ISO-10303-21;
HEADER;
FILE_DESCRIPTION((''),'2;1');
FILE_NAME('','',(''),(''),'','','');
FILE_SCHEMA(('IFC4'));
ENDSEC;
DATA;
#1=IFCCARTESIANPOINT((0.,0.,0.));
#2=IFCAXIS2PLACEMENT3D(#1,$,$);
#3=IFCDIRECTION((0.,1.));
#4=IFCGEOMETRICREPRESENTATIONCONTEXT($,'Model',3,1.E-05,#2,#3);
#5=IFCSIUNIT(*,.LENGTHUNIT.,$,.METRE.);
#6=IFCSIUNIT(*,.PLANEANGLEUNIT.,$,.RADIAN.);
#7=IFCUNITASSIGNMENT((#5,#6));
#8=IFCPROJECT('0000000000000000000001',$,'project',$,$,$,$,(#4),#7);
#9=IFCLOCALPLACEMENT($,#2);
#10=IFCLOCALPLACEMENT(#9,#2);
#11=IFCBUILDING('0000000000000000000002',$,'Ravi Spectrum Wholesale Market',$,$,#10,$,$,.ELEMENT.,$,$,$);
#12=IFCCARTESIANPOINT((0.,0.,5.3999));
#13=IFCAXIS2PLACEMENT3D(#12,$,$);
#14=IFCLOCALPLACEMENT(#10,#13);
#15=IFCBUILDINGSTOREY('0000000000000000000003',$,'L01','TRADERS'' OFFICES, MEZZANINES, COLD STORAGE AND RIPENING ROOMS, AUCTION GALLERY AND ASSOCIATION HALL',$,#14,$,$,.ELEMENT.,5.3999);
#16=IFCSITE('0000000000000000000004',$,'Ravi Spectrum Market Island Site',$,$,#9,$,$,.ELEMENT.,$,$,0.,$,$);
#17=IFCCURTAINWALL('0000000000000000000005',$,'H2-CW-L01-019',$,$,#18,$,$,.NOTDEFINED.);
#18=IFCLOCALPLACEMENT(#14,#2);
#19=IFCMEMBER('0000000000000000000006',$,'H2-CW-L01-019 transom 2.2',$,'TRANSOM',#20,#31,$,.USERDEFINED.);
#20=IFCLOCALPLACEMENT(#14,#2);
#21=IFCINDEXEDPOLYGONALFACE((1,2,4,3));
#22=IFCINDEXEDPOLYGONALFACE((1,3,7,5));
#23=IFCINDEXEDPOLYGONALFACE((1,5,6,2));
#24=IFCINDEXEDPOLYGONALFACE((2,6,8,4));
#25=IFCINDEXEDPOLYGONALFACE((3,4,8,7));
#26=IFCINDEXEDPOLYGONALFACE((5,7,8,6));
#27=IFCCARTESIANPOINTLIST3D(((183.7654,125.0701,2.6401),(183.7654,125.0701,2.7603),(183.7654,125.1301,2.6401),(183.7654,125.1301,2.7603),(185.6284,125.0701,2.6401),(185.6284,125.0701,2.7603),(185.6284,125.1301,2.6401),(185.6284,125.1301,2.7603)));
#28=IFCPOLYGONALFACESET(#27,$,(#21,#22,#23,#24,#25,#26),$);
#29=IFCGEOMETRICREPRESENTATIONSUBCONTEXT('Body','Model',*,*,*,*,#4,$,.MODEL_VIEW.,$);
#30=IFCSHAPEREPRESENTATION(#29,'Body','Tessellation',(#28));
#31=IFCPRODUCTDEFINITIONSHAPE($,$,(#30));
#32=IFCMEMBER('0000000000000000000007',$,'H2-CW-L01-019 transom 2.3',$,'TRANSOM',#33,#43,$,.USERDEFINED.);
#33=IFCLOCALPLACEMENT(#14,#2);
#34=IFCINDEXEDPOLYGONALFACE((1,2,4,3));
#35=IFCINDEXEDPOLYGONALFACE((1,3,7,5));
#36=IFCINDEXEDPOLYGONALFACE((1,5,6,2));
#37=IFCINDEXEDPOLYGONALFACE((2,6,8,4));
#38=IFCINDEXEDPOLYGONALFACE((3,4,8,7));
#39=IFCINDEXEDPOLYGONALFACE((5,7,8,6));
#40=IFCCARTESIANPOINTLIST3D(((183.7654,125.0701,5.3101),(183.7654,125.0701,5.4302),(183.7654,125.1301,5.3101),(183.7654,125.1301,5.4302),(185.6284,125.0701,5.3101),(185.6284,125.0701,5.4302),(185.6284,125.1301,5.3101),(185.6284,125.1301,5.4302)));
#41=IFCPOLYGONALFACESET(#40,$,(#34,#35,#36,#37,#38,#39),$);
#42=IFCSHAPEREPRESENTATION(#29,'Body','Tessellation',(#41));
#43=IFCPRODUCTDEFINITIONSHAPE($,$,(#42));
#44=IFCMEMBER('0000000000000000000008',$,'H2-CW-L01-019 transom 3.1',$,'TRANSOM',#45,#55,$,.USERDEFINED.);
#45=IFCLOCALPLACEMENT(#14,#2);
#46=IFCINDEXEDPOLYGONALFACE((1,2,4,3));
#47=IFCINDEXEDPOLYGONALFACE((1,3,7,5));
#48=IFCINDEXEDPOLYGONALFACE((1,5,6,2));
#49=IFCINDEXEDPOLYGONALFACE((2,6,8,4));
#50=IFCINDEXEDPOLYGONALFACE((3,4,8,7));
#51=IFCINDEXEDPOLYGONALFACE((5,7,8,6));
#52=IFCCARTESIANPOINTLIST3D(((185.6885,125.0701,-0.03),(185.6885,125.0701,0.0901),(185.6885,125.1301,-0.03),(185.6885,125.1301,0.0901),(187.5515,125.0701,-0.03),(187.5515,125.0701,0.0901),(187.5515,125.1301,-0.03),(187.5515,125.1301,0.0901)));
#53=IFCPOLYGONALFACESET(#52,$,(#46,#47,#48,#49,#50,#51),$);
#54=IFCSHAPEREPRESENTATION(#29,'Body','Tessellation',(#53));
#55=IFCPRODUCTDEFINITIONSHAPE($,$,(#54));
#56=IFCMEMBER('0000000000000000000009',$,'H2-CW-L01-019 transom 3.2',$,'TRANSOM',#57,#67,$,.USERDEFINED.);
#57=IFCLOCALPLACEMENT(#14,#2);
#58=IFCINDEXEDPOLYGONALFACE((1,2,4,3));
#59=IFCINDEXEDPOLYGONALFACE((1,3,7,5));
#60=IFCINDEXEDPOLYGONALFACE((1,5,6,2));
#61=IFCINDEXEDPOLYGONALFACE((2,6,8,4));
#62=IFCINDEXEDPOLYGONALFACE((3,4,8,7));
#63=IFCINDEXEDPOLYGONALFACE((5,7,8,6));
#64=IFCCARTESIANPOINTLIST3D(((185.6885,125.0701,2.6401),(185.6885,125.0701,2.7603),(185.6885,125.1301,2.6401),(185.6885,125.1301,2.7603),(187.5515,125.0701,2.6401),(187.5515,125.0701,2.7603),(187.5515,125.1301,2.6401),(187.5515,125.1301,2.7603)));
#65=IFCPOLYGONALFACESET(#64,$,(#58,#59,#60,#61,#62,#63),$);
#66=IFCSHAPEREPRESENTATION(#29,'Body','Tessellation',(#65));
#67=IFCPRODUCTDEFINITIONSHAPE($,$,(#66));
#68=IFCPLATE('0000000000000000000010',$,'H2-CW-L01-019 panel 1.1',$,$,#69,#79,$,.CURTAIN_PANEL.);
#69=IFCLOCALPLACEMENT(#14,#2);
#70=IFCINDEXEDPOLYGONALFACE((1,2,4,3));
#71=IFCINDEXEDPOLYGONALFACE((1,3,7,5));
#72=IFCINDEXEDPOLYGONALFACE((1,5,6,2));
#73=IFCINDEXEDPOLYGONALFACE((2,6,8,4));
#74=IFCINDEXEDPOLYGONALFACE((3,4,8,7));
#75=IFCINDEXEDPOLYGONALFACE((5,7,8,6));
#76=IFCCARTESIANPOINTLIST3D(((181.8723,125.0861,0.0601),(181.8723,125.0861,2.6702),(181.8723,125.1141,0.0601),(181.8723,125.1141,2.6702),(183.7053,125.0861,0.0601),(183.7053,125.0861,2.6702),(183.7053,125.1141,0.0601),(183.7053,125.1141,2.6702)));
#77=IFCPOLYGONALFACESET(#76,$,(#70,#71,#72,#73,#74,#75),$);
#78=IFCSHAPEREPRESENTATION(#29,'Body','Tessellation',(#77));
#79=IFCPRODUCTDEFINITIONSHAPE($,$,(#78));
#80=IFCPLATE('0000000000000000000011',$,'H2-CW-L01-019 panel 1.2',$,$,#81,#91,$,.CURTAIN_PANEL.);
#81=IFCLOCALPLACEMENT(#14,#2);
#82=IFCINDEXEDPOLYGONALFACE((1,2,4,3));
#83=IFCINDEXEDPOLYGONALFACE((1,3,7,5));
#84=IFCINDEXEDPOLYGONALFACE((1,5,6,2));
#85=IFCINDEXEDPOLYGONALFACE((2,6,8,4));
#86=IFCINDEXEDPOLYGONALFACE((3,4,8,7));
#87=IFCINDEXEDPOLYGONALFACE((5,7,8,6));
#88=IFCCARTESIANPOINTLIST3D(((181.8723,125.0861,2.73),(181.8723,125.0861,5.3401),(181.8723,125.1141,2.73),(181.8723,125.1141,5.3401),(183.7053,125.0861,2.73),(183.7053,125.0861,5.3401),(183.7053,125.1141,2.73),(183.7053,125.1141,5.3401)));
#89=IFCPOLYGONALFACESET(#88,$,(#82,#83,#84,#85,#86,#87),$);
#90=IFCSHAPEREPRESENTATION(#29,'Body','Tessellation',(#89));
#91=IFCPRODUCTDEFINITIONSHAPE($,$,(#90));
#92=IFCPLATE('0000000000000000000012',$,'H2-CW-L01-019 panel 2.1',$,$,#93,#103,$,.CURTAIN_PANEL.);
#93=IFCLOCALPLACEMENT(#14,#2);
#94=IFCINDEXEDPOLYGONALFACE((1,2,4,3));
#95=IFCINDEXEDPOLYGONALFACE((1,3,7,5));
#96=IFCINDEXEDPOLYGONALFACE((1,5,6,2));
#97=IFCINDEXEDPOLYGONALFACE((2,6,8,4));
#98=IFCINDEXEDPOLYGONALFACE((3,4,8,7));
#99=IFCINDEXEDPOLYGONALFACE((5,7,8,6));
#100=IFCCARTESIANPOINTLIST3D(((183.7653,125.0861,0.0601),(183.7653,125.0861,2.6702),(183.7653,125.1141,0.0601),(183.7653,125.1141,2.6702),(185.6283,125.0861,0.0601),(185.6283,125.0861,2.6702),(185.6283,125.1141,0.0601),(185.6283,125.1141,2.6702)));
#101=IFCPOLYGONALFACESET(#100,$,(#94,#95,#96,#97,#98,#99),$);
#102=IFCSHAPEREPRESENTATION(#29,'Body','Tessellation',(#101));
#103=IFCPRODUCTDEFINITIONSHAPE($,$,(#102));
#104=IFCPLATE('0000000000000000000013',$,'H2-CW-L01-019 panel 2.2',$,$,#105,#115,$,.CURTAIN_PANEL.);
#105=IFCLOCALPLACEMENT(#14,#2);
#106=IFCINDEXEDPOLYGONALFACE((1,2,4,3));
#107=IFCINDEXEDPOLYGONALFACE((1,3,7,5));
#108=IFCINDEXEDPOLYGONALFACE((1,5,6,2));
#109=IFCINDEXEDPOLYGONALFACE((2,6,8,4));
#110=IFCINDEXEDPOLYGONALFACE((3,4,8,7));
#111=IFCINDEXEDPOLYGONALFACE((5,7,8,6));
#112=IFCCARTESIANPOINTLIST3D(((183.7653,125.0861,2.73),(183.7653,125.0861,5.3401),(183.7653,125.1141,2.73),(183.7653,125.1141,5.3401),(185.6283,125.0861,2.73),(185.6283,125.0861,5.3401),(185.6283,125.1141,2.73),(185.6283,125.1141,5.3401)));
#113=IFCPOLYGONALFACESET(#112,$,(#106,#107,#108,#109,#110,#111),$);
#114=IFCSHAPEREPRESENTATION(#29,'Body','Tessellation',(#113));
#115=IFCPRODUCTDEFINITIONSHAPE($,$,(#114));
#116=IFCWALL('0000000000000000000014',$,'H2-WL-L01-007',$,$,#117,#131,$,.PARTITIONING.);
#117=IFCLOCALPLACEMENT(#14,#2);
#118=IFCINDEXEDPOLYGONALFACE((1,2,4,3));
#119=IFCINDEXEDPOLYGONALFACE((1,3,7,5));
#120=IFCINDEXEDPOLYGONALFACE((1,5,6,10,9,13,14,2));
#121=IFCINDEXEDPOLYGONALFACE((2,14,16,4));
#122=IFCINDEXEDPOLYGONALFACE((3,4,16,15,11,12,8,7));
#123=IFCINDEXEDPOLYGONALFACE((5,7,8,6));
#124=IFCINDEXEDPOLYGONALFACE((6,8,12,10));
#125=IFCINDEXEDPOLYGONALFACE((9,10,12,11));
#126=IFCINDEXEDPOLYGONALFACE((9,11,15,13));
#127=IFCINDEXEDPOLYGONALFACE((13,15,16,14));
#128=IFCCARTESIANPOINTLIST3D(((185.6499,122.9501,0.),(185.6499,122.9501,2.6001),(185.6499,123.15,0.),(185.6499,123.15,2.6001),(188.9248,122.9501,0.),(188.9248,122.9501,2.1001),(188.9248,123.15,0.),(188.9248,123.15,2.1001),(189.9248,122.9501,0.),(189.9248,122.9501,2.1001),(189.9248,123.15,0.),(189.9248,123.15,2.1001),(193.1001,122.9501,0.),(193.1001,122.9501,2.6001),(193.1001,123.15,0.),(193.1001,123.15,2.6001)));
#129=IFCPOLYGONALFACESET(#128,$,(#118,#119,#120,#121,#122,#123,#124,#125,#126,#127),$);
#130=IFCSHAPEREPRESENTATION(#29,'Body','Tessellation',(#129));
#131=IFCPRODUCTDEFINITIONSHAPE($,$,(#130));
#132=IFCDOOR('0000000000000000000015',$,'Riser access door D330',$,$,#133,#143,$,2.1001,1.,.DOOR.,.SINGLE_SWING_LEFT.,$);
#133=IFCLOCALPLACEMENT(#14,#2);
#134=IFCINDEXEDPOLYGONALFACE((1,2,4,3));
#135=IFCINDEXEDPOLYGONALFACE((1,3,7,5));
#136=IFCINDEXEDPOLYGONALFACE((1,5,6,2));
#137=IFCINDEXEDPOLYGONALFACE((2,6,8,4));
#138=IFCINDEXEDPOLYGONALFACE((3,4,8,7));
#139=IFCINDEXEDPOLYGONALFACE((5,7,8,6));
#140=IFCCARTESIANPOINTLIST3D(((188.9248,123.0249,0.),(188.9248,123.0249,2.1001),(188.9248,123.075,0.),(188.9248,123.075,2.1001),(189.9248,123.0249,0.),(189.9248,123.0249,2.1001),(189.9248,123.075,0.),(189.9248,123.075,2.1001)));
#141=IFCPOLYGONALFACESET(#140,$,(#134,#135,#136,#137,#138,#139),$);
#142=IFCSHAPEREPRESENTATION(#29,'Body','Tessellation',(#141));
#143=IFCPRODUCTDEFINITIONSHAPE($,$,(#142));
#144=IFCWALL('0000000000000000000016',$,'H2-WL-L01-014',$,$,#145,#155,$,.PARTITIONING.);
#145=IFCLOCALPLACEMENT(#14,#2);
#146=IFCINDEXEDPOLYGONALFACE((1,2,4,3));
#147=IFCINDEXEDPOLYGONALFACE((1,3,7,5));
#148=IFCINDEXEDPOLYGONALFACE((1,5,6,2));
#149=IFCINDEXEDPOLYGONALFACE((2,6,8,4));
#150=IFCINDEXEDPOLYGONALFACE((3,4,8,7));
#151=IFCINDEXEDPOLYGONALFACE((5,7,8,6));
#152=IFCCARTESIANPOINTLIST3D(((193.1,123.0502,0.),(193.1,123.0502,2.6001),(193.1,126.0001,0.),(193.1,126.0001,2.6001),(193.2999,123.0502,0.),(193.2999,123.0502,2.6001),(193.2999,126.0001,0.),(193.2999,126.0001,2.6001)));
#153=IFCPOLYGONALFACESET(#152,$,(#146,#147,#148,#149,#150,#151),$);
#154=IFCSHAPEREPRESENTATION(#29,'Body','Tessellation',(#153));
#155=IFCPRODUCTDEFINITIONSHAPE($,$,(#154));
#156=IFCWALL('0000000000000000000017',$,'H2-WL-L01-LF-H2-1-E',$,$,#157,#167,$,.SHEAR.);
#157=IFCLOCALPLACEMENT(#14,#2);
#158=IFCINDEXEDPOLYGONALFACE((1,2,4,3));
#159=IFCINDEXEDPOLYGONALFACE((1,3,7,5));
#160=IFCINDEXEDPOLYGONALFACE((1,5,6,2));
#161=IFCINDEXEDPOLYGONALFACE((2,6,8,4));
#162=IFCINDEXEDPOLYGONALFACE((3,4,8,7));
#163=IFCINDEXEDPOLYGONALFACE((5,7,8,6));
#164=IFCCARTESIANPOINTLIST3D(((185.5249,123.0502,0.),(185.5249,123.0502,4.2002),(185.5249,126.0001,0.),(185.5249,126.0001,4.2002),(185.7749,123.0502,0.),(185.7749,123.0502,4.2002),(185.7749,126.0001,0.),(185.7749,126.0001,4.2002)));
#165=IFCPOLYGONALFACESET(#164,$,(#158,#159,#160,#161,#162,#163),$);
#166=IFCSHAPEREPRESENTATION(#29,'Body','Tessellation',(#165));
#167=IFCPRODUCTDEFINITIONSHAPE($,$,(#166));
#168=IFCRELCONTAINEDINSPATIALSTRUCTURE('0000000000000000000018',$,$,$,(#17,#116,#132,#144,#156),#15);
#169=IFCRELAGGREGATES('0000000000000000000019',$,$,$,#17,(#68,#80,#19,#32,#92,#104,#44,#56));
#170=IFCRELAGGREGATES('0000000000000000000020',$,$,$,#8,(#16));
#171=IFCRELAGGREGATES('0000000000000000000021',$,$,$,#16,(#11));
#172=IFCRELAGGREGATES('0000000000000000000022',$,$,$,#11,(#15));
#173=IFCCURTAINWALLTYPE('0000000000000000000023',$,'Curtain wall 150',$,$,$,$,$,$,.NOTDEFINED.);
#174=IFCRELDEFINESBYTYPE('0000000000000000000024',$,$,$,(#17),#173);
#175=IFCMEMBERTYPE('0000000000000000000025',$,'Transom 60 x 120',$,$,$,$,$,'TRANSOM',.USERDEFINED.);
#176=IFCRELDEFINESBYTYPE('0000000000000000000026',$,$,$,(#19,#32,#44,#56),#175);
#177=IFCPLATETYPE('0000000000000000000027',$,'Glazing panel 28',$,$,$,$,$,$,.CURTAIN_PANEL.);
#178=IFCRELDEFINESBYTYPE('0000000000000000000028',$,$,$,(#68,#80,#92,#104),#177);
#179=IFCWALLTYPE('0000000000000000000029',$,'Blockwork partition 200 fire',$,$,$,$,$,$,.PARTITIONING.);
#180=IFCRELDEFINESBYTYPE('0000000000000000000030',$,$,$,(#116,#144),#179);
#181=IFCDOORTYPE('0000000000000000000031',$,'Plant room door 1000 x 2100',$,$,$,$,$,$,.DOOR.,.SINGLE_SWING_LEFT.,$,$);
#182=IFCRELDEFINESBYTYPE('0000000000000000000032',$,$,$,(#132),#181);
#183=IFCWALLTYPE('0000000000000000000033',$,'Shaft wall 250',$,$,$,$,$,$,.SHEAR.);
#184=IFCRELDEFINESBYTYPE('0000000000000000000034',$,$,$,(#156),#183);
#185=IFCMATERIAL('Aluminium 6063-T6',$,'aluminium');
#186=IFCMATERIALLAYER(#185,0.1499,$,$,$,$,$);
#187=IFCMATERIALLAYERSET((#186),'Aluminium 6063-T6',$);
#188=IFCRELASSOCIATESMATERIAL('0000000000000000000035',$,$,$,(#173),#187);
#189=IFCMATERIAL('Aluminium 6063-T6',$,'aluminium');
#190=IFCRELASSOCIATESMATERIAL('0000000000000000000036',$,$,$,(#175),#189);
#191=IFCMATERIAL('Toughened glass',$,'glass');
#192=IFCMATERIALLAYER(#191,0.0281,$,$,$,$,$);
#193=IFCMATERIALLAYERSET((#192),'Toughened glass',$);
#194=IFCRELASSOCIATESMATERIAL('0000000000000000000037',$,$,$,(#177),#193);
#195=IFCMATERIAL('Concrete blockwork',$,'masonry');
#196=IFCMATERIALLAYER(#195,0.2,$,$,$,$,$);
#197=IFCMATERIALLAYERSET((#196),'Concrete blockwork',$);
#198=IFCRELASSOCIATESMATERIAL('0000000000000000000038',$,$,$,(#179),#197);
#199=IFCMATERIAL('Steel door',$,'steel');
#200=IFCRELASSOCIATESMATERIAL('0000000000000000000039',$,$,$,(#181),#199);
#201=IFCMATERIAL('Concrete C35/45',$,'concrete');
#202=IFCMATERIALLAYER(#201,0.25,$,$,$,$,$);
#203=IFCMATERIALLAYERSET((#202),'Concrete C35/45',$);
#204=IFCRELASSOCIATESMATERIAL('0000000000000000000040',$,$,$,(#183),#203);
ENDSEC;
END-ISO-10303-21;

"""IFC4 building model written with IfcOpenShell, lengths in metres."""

from ifc_helpers import new_model, si_unit, direction, frame, frame_2d, origin, origin_2d, place, context, subcontext, project, spatial, rectangle, extrude, material, layer, layer_set, material_profile, profile_set, type_object, element, fill, aggregate, save


model = new_model("IFC4")

# Units and contexts
model_context = context("Model", 3, precision=1e-05, world=origin(), true_north=direction((0.0, 1.0)))
body_context = subcontext(model_context, "Body", "Model", "MODEL_VIEW")
ifc_project = project(units=[si_unit("LENGTHUNIT", "METRE"), si_unit("PLANEANGLEUNIT", "RADIAN")], contexts=[model_context])

# Site, building, storey
site_placement = place(None, origin())
site = spatial("IfcSite", under=ifc_project, at=site_placement, Name="Ravi Spectrum Market Island Site", CompositionType="ELEMENT", RefElevation=0.0)
building_placement = place(site_placement, origin())
building = spatial("IfcBuilding", under=site, at=building_placement, Name="Ravi Spectrum Wholesale Market", CompositionType="ELEMENT")
storey_placement = place(building_placement, frame((0.0, 0.0, 5.3999)))
storey = spatial("IfcBuildingStorey", under=building, at=storey_placement, Name="L01", Description="TRADERS' OFFICES, MEZZANINES, COLD STORAGE AND RIPENING ROOMS, AUCTION GALLERY AND ASSOCIATION HALL", CompositionType="ELEMENT", Elevation=5.3999)

# Curtain wall, members, plates
ifc_material_1 = material(Name="Aluminium 6063-T6", Category="aluminium")
ifc_layer_1 = layer(ifc_material_1, 0.1499)
ifc_layer_set_1 = layer_set([ifc_layer_1], Name="Aluminium 6063-T6")
curtain_wall_type = type_object("IfcCurtainWallType", Name="Curtain wall 150", PredefinedType="NOTDEFINED", material=ifc_layer_set_1)
curtain_wall_placement = place(storey_placement, origin())
curtain_wall = element("IfcCurtainWall", 1, at=curtain_wall_placement, inside=storey, type_object=curtain_wall_type, Name="H2-CW-L01-019", PredefinedType="NOTDEFINED")
ifc_material_2 = material(Name="Aluminium 6063-T6", Category="aluminium")
ifc_material_profile_1 = material_profile(ifc_material_2, rectangle(XDim=0.0601, YDim=0.1201, at=origin_2d()))
ifc_profile_set_1 = profile_set([ifc_material_profile_1], Name="Aluminium 6063-T6")
member_type_1 = type_object("IfcMemberType", Name="Transom 60 x 120", ElementType="TRANSOM", PredefinedType="USERDEFINED", material=ifc_profile_set_1)
member_1_placement = place(storey_placement, frame((183.7654, 125.1001, 2.7002), z_axis=(1.0, 0.0, 0.0), x_axis=(0.0, 1.0, 0.0)))
member_1 = element("IfcMember", 2, at=member_1_placement, type_object=member_type_1, Name="H2-CW-L01-019 transom 2.2", ObjectType="TRANSOM", PredefinedType="USERDEFINED", context=body_context, shape_type="SweptSolid", body=[
    extrude(rectangle(XDim=0.0601, YDim=0.1201, at=origin_2d()), origin(), (0.0, 0.0, 1.0), 1.863),
])
member_2_placement = place(storey_placement, frame((183.7654, 125.1001, 5.3701), z_axis=(1.0, 0.0, 0.0), x_axis=(0.0, 1.0, 0.0)))
member_2 = element("IfcMember", 3, at=member_2_placement, type_object=member_type_1, Name="H2-CW-L01-019 transom 2.3", ObjectType="TRANSOM", PredefinedType="USERDEFINED", context=body_context, shape_type="SweptSolid", body=[
    extrude(rectangle(XDim=0.0601, YDim=0.1201, at=origin_2d()), origin(), (0.0, 0.0, 1.0), 1.863),
])
member_3_placement = place(storey_placement, frame((185.6885, 125.1001, 0.03), z_axis=(1.0, 0.0, 0.0), x_axis=(0.0, 1.0, 0.0)))
member_3 = element("IfcMember", 4, at=member_3_placement, type_object=member_type_1, Name="H2-CW-L01-019 transom 3.1", ObjectType="TRANSOM", PredefinedType="USERDEFINED", context=body_context, shape_type="SweptSolid", body=[
    extrude(rectangle(XDim=0.0601, YDim=0.1201, at=origin_2d()), origin(), (0.0, 0.0, 1.0), 1.863),
])
member_4_placement = place(storey_placement, frame((185.6885, 125.1001, 2.7002), z_axis=(1.0, 0.0, 0.0), x_axis=(0.0, 1.0, 0.0)))
member_4 = element("IfcMember", 5, at=member_4_placement, type_object=member_type_1, Name="H2-CW-L01-019 transom 3.2", ObjectType="TRANSOM", PredefinedType="USERDEFINED", context=body_context, shape_type="SweptSolid", body=[
    extrude(rectangle(XDim=0.0601, YDim=0.1201, at=origin_2d()), origin(), (0.0, 0.0, 1.0), 1.863),
])
ifc_material_3 = material(Name="Toughened glass", Category="glass")
ifc_layer_2 = layer(ifc_material_3, 0.0281)
ifc_layer_set_2 = layer_set([ifc_layer_2], Name="Toughened glass")
plate_type = type_object("IfcPlateType", Name="Glazing panel 28", PredefinedType="CURTAIN_PANEL", material=ifc_layer_set_2)
plate_1_placement = place(storey_placement, frame((182.7888, 125.1001, 0.0601), z_axis=(0.0, 0.0, 1.0), x_axis=(1.0, 0.0, 0.0)))
plate_1 = element("IfcPlate", 6, at=plate_1_placement, type_object=plate_type, Name="H2-CW-L01-019 panel 1.1", PredefinedType="CURTAIN_PANEL", context=body_context, shape_type="SweptSolid", body=[
    extrude(rectangle(XDim=1.833, YDim=0.0281, at=origin_2d()), origin(), (0.0, 0.0, 1.0), 2.6101),
])
plate_2_placement = place(storey_placement, frame((182.7888, 125.1001, 2.73), z_axis=(0.0, 0.0, 1.0), x_axis=(1.0, 0.0, 0.0)))
plate_2 = element("IfcPlate", 7, at=plate_2_placement, type_object=plate_type, Name="H2-CW-L01-019 panel 1.2", PredefinedType="CURTAIN_PANEL", context=body_context, shape_type="SweptSolid", body=[
    extrude(rectangle(XDim=1.833, YDim=0.0281, at=origin_2d()), origin(), (0.0, 0.0, 1.0), 2.6101),
])
plate_3_placement = place(storey_placement, frame((184.6968, 125.1001, 0.0601), z_axis=(0.0, 0.0, 1.0), x_axis=(1.0, 0.0, 0.0)))
plate_3 = element("IfcPlate", 8, at=plate_3_placement, type_object=plate_type, Name="H2-CW-L01-019 panel 2.1", PredefinedType="CURTAIN_PANEL", context=body_context, shape_type="SweptSolid", body=[
    extrude(rectangle(XDim=1.863, YDim=0.0281, at=origin_2d()), origin(), (0.0, 0.0, 1.0), 2.6101),
])
plate_4_placement = place(storey_placement, frame((184.6968, 125.1001, 2.73), z_axis=(0.0, 0.0, 1.0), x_axis=(1.0, 0.0, 0.0)))
plate_4 = element("IfcPlate", 9, at=plate_4_placement, type_object=plate_type, Name="H2-CW-L01-019 panel 2.2", PredefinedType="CURTAIN_PANEL", context=body_context, shape_type="SweptSolid", body=[
    extrude(rectangle(XDim=1.863, YDim=0.0281, at=origin_2d()), origin(), (0.0, 0.0, 1.0), 2.6101),
])
aggregate(curtain_wall, [plate_1, plate_2, member_1, member_2, plate_3, plate_4, member_3, member_4])

# Wall, opening, door
ifc_material_4 = material(Name="Concrete blockwork", Category="masonry")
ifc_layer_3 = layer(ifc_material_4, 0.2)
ifc_layer_set_3 = layer_set([ifc_layer_3], Name="Concrete blockwork")
wall_type_1 = type_object("IfcWallType", Name="Blockwork partition 200 fire", PredefinedType="PARTITIONING", material=ifc_layer_set_3)
wall_1_placement = place(storey_placement, frame((185.6499, 123.05, 0.0), z_axis=(0.0, 0.0, 1.0), x_axis=(1.0, 0.0, 0.0)))
wall_1 = element("IfcWall", 10, at=wall_1_placement, inside=storey, type_object=wall_type_1, Name="H2-WL-L01-007", PredefinedType="PARTITIONING", context=body_context, shape_type="SweptSolid", body=[
    extrude(rectangle(XDim=7.4502, YDim=0.2, at=frame_2d((3.7251, 0.0))), origin(), (0.0, 0.0, 1.0), 2.6001),
])
opening_placement = place(wall_1_placement, frame((3.2749, 0.0, 0.0)))
opening = element("IfcOpeningElement", 11, at=opening_placement, cuts=wall_1, PredefinedType="OPENING", context=body_context, shape_type="SweptSolid", body=[
    extrude(rectangle(XDim=1.0, YDim=2.1001, at=frame_2d((0.5, 1.05))), frame((0.0, 0.1099, 0.0), z_axis=(0.0, -1.0, 0.0), x_axis=(1.0, 0.0, 0.0)), (0.0, 0.0, 1.0), 0.22),
])
ifc_material_5 = material(Name="Steel door", Category="steel")
door_type = type_object("IfcDoorType", Name="Plant room door 1000 x 2100", OperationType="SINGLE_SWING_LEFT", PredefinedType="DOOR", material=ifc_material_5)
door_placement = place(opening_placement, origin())
door = element("IfcDoor", 12, at=door_placement, inside=storey, type_object=door_type, Name="Riser access door D330", OperationType="SINGLE_SWING_LEFT", OverallHeight=2.1001, OverallWidth=1.0, PredefinedType="DOOR", context=body_context, shape_type="SweptSolid", body=[
    extrude(rectangle(XDim=1.0, YDim=2.1001, at=frame_2d((0.5, 1.05))), frame((0.0, 0.0249, 0.0), z_axis=(0.0, -1.0, 0.0), x_axis=(1.0, 0.0, 0.0)), (0.0, 0.0, 1.0), 0.05),
])
fill(opening, door)

# Walls
wall_2_placement = place(storey_placement, frame((193.2, 123.05, 0.0), z_axis=(0.0, 0.0, 1.0), x_axis=(0.0, 1.0, 0.0)))
element("IfcWall", 13, at=wall_2_placement, inside=storey, type_object=wall_type_1, Name="H2-WL-L01-014", PredefinedType="PARTITIONING", context=body_context, shape_type="SweptSolid", body=[
    extrude(rectangle(XDim=2.95, YDim=0.2, at=frame_2d((1.4751, 0.0))), origin(), (0.0, 0.0, 1.0), 2.6001),
])
ifc_material_6 = material(Name="Concrete C35/45", Category="concrete")
ifc_layer_4 = layer(ifc_material_6, 0.25)
ifc_layer_set_4 = layer_set([ifc_layer_4], Name="Concrete C35/45")
wall_type_2 = type_object("IfcWallType", Name="Shaft wall 250", PredefinedType="SHEAR", material=ifc_layer_set_4)
wall_3_placement = place(storey_placement, frame((185.6499, 123.05, 0.0), z_axis=(0.0, 0.0, 1.0), x_axis=(0.0, 1.0, 0.0)))
element("IfcWall", 14, at=wall_3_placement, inside=storey, type_object=wall_type_2, Name="H2-WL-L01-LF-H2-1-E", PredefinedType="SHEAR", context=body_context, shape_type="SweptSolid", body=[
    extrude(rectangle(XDim=2.95, YDim=0.25, at=frame_2d((1.4751, 0.0))), origin(), (0.0, 0.0, 1.0), 4.2002),
])

save(model, "model.ifc")
